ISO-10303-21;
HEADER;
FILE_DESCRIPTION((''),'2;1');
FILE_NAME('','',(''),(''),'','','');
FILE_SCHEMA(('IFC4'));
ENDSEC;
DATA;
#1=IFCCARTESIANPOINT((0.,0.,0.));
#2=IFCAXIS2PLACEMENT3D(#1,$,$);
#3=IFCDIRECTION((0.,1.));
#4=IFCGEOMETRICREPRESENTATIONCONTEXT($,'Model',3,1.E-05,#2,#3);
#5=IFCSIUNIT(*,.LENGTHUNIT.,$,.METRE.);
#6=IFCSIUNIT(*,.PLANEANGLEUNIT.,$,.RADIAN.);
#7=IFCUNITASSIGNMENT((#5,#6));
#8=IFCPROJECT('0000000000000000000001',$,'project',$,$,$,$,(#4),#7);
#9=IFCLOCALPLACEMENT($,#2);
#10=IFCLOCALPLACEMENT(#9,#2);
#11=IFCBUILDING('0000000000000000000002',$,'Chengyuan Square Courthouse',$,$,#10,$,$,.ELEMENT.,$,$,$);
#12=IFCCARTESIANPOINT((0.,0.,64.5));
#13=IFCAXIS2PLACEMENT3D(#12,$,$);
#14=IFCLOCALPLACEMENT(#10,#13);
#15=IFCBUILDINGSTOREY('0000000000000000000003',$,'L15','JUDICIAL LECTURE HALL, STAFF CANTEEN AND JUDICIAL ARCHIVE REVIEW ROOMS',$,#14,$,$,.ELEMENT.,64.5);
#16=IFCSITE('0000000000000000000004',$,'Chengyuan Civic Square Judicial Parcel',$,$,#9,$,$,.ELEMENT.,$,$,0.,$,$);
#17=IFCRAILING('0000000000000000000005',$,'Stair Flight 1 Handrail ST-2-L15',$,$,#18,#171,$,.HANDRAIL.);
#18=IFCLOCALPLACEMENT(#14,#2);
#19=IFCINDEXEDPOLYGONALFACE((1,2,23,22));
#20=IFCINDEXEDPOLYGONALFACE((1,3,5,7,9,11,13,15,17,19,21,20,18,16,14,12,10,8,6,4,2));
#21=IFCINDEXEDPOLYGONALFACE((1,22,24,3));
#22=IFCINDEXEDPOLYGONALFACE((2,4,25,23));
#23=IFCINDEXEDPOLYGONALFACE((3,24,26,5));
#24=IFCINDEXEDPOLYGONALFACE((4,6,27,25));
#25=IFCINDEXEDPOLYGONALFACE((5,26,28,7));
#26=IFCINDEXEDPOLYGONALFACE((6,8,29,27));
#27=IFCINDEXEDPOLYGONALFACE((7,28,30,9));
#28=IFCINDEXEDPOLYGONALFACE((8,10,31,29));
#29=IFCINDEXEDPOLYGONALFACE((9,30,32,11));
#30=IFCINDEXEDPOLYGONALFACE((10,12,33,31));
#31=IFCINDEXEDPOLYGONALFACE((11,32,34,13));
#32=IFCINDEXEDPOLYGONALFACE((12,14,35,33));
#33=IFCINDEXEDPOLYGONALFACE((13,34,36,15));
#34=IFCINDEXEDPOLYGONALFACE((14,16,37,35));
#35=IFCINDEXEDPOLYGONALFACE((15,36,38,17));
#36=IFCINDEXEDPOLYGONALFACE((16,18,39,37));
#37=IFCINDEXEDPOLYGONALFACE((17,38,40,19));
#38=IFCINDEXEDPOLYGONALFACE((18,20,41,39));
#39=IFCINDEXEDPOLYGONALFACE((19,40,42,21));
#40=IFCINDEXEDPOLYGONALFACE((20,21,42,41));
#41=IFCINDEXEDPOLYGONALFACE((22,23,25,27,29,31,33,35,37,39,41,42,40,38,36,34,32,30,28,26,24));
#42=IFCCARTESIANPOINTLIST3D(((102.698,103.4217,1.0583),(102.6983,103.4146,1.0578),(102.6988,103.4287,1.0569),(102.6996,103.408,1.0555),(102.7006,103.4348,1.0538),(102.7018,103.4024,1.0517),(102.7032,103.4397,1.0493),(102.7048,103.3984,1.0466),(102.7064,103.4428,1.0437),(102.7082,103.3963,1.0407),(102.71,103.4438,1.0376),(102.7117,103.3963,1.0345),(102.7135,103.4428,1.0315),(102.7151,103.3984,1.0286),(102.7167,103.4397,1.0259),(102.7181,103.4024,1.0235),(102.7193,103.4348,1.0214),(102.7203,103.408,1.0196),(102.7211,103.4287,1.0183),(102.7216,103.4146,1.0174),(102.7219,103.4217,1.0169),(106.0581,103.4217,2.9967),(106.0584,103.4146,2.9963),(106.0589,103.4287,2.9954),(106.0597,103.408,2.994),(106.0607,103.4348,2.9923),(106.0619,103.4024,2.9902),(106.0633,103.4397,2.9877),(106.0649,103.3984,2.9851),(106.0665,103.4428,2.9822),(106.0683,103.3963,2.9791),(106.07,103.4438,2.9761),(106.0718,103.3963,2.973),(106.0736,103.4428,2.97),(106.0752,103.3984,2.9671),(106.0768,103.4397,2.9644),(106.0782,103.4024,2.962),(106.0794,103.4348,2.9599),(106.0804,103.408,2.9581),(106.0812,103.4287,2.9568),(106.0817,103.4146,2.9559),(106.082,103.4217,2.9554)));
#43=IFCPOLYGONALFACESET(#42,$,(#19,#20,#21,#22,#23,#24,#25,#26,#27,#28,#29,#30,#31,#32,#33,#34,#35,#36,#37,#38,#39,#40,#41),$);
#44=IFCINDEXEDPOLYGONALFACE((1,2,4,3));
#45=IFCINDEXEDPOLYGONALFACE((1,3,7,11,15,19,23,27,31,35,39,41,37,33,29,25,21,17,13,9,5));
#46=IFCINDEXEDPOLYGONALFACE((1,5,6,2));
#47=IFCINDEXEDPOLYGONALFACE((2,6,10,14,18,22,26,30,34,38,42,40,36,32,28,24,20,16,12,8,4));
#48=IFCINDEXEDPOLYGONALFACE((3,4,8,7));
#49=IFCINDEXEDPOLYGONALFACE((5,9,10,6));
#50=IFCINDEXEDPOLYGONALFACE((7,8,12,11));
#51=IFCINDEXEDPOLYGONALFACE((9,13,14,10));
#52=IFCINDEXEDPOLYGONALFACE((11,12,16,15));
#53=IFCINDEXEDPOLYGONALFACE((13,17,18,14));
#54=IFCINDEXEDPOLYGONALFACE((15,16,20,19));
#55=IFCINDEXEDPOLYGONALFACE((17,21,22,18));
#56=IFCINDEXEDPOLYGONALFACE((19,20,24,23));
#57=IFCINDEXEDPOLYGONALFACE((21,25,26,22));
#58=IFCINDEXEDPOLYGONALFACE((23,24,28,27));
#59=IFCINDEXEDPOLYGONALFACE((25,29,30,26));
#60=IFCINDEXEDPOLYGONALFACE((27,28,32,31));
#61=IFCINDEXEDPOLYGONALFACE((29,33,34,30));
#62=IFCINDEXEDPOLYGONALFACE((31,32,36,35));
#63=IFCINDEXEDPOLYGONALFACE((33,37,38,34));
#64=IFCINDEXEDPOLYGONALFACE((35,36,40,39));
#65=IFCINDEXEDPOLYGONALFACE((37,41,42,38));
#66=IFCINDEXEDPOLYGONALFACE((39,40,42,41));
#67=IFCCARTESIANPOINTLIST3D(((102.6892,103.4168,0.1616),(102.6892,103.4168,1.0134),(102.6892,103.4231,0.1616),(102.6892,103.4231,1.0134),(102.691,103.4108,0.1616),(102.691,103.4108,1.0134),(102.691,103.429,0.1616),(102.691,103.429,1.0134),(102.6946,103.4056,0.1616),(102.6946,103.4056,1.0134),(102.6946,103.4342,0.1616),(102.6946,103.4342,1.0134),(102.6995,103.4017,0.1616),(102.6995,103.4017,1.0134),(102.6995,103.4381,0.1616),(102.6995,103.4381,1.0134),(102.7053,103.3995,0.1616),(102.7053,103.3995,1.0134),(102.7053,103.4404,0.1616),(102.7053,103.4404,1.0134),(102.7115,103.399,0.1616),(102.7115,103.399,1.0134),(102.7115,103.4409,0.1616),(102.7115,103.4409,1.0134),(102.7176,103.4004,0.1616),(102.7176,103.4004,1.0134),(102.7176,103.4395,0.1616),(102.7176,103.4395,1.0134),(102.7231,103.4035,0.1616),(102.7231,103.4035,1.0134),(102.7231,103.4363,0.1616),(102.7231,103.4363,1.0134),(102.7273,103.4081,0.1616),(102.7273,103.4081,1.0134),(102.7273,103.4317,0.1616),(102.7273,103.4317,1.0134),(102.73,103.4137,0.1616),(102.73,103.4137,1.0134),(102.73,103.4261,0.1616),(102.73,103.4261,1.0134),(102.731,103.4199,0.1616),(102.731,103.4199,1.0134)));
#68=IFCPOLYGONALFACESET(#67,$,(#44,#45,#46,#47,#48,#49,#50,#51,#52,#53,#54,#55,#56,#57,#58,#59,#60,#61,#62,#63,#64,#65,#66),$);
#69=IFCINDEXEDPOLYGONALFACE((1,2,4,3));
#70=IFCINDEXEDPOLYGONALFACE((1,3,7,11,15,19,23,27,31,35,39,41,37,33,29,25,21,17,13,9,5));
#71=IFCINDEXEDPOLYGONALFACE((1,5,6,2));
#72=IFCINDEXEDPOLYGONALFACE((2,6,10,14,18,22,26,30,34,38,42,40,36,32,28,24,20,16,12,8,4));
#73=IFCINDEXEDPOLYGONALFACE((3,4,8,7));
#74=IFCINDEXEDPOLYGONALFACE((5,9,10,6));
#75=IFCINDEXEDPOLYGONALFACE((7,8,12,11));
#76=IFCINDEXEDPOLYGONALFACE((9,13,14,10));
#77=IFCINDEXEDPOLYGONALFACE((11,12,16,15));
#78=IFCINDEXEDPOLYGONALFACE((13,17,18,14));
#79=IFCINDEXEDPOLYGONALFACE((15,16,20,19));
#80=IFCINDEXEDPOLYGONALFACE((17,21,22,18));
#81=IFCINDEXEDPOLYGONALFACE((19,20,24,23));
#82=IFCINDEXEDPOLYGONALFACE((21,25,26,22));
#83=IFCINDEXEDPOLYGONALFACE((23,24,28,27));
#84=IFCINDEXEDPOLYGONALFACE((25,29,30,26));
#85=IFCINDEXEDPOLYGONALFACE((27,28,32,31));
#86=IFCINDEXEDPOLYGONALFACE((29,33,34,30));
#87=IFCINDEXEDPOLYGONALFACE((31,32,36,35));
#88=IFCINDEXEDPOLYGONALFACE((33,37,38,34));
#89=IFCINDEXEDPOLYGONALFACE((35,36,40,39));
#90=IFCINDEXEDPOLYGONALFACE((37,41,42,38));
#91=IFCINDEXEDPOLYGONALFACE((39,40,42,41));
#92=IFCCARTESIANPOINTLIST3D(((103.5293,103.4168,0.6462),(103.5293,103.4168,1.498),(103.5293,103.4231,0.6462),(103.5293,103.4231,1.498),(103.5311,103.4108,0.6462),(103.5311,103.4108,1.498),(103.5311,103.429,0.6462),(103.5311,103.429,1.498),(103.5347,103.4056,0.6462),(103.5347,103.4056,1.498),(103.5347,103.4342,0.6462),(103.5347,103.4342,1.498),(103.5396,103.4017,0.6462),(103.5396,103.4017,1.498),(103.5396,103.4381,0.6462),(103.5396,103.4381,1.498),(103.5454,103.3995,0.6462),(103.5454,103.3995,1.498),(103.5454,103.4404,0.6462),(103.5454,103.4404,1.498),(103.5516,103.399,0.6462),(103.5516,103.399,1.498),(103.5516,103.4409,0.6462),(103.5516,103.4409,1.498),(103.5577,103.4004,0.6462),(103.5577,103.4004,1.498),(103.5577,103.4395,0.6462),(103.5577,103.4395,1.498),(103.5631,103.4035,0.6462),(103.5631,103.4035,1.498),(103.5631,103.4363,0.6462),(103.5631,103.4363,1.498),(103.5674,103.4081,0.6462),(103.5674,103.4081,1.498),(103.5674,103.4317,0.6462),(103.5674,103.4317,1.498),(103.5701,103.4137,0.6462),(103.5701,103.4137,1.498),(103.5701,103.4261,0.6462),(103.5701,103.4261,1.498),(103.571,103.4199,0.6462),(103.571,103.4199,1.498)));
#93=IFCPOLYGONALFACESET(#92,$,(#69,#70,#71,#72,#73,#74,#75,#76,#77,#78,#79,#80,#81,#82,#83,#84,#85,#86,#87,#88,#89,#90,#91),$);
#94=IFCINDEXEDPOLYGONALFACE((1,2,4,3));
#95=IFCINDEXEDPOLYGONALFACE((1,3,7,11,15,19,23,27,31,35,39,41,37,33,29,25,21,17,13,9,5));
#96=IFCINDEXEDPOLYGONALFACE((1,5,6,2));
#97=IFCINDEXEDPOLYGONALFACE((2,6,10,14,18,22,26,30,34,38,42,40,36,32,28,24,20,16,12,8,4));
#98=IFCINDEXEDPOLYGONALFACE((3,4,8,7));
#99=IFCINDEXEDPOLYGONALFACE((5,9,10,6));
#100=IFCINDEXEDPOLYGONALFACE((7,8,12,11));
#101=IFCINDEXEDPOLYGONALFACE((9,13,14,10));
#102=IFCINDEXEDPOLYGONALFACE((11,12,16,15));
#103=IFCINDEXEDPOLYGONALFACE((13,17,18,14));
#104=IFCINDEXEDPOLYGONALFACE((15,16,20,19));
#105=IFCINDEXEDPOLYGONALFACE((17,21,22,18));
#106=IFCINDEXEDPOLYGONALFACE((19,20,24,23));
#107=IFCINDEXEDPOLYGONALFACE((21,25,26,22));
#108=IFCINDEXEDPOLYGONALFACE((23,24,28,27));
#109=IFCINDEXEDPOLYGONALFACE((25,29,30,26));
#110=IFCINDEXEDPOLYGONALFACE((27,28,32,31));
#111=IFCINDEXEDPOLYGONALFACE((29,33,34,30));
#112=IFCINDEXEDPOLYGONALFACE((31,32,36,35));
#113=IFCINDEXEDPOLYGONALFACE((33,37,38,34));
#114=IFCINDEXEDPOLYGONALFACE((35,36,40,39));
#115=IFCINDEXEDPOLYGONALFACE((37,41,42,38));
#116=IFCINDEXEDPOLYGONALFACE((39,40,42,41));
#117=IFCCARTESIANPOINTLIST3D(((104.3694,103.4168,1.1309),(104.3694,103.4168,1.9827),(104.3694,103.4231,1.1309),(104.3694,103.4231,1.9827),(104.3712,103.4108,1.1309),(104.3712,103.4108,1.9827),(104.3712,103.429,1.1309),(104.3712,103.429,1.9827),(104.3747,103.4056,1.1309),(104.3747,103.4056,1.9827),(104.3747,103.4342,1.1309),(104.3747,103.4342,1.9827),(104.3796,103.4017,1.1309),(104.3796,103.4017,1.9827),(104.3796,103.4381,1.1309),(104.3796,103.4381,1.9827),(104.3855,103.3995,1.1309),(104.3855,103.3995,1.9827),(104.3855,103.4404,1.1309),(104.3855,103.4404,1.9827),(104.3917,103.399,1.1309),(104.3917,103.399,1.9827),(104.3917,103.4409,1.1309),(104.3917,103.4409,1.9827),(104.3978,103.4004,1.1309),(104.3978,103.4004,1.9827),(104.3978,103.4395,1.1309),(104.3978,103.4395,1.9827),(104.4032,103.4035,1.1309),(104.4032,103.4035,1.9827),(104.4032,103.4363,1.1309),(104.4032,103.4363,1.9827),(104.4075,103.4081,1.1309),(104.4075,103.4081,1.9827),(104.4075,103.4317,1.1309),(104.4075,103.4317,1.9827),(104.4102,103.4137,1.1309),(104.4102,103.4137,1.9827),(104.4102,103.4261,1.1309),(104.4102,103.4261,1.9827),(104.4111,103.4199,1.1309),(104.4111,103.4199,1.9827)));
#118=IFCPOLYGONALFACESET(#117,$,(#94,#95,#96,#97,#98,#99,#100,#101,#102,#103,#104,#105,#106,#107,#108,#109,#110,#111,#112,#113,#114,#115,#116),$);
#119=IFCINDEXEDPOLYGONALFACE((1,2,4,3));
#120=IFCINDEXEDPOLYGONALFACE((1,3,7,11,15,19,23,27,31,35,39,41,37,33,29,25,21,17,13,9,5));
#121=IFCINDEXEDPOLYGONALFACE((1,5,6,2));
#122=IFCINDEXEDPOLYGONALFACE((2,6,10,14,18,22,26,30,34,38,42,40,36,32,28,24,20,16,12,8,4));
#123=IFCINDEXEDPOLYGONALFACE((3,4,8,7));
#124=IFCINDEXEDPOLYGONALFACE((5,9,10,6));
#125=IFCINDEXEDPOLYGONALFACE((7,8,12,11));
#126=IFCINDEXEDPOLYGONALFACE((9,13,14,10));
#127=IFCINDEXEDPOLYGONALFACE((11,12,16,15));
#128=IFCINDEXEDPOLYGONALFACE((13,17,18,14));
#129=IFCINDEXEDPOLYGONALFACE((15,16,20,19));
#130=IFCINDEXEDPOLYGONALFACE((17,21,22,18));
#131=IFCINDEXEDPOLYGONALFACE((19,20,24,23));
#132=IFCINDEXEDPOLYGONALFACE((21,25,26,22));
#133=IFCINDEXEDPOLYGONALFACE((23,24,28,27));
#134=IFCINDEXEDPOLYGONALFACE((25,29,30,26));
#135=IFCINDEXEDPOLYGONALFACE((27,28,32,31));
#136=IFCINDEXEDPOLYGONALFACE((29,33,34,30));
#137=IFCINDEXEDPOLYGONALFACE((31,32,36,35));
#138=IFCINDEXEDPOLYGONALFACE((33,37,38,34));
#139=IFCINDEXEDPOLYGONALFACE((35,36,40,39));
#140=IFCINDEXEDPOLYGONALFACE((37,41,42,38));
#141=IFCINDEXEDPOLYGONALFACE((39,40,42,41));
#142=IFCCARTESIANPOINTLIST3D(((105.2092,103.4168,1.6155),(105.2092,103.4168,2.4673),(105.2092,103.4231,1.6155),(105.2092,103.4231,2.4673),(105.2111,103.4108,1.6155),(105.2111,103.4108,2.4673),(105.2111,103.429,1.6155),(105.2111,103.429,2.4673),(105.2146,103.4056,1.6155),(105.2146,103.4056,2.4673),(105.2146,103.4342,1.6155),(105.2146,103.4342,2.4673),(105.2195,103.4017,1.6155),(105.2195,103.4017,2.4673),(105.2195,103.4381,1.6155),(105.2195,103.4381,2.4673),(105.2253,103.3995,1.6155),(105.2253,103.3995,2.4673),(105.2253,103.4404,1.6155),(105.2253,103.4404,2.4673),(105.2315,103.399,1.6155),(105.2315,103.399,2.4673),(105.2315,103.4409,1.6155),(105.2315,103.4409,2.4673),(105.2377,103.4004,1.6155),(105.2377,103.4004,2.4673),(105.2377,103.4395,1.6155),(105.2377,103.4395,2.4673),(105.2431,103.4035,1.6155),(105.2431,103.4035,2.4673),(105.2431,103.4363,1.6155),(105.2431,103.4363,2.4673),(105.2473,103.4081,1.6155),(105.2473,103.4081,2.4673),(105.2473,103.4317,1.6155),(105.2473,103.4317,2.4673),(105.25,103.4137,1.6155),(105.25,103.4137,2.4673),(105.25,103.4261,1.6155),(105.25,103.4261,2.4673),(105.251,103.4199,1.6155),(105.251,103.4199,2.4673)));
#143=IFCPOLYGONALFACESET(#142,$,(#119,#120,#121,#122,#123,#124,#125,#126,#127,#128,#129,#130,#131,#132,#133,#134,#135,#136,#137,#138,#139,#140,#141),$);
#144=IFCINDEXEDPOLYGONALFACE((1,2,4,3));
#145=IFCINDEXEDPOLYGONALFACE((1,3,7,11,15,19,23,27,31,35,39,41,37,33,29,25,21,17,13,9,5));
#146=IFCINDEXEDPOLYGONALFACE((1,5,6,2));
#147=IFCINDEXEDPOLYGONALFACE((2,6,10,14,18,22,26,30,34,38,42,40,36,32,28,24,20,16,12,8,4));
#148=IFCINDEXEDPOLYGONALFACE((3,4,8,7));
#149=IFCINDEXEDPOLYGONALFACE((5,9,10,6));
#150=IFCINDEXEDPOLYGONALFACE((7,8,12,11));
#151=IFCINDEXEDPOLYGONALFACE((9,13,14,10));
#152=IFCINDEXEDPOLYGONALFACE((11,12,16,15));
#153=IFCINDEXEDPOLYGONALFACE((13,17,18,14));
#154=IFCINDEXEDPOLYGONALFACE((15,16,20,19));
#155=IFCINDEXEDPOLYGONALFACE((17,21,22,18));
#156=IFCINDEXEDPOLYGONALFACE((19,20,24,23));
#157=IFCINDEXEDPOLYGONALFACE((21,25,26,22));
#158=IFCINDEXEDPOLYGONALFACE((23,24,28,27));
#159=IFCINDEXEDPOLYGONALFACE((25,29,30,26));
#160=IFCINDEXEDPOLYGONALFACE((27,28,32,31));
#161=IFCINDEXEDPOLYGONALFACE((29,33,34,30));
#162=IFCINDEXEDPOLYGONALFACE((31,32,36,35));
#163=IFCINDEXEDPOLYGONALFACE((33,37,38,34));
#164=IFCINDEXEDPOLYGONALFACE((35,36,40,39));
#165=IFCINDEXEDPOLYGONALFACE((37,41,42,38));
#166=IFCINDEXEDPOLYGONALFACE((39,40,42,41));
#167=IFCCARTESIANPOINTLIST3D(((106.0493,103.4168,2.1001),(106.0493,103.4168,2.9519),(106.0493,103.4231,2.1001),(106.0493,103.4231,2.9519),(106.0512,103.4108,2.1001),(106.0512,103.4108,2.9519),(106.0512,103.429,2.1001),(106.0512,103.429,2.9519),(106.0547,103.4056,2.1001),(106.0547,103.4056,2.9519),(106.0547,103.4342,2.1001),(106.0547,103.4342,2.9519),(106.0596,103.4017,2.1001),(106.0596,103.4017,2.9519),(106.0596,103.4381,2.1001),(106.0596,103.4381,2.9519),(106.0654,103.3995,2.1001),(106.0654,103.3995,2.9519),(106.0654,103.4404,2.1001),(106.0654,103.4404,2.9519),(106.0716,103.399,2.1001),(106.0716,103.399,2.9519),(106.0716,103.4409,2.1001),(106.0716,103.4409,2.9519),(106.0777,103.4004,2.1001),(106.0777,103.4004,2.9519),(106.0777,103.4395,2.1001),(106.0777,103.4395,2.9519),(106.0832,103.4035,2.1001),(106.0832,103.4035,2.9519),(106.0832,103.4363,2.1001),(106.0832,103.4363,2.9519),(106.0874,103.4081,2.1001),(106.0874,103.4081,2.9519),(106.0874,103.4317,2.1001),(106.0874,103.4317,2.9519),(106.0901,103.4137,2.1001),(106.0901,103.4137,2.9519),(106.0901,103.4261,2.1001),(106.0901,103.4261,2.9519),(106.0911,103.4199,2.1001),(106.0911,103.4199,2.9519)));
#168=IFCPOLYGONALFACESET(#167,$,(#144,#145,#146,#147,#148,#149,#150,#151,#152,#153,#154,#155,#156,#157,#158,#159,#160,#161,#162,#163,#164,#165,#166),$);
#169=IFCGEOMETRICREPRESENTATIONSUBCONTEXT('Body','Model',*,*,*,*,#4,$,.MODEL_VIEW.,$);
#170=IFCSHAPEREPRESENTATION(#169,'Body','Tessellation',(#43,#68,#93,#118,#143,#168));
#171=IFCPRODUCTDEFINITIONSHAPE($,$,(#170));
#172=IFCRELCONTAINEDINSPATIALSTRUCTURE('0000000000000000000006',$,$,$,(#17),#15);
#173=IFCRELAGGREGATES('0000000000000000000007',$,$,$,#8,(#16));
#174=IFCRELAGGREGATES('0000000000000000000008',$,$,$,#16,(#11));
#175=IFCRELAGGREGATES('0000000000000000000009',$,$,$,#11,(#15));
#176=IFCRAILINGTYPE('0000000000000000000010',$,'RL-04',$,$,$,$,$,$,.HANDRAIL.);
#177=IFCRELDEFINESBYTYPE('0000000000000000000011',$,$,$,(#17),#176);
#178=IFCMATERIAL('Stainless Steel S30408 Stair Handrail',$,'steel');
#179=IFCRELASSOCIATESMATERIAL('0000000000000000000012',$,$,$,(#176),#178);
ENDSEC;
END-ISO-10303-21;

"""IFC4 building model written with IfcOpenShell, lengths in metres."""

from ifc_helpers import new_model, si_unit, direction, frame, origin, origin_2d, place, context, subcontext, project, spatial, circle, extrude, material, type_object, element, save


model = new_model("IFC4")

# Units and contexts
model_context = context("Model", 3, precision=1e-05, world=origin(), true_north=direction((0.0, 1.0)))
body_context = subcontext(model_context, "Body", "Model", "MODEL_VIEW")
ifc_project = project(units=[si_unit("LENGTHUNIT", "METRE"), si_unit("PLANEANGLEUNIT", "RADIAN")], contexts=[model_context])

# Site, building, storey
site_placement = place(None, origin())
site = spatial("IfcSite", under=ifc_project, at=site_placement, Name="Chengyuan Civic Square Judicial Parcel", CompositionType="ELEMENT", RefElevation=0.0)
building_placement = place(site_placement, origin())
building = spatial("IfcBuilding", under=site, at=building_placement, Name="Chengyuan Square Courthouse", CompositionType="ELEMENT")
storey_placement = place(building_placement, frame((0.0, 0.0, 64.5)))
storey = spatial("IfcBuildingStorey", under=building, at=storey_placement, Name="L15", Description="JUDICIAL LECTURE HALL, STAFF CANTEEN AND JUDICIAL ARCHIVE REVIEW ROOMS", CompositionType="ELEMENT", Elevation=64.5)

# Railing
ifc_material_1 = material(Name="Stainless Steel S30408 Stair Handrail", Category="steel")
railing_type_1 = type_object("IfcRailingType", Name="RL-04", PredefinedType="HANDRAIL", material=ifc_material_1)
railing_1_placement = place(storey_placement, frame((102.71, 103.4199, 0.1616)))
element("IfcRailing", 1, at=railing_1_placement, inside=storey, type_object=railing_type_1, Name="Stair Flight 1 Handrail ST-2-L15", PredefinedType="HANDRAIL", context=body_context, shape_type="SweptSolid", body=[
    extrude(circle(Radius=0.0239, at=origin_2d()), frame((0.0, 0.0, 0.876), z_axis=(0.866191, 0.0, 0.499713), x_axis=(0.0, 1.0, 0.0)), (0.0, 0.0, 1.0), 3.8792),
    extrude(circle(Radius=0.021, at=origin_2d()), origin(), (0.0, 0.0, 1.0), 0.8518),
    extrude(circle(Radius=0.021, at=origin_2d()), frame((0.8401, 0.0, 0.4846)), (0.0, 0.0, 1.0), 0.8518),
    extrude(circle(Radius=0.021, at=origin_2d()), frame((1.6802, 0.0, 0.9692)), (0.0, 0.0, 1.0), 0.8518),
    extrude(circle(Radius=0.021, at=origin_2d()), frame((2.52, 0.0, 1.4539)), (0.0, 0.0, 1.0), 0.8518),
    extrude(circle(Radius=0.021, at=origin_2d()), frame((3.3601, 0.0, 1.9385)), (0.0, 0.0, 1.0), 0.8518),
])

save(model, "model.ifc")
